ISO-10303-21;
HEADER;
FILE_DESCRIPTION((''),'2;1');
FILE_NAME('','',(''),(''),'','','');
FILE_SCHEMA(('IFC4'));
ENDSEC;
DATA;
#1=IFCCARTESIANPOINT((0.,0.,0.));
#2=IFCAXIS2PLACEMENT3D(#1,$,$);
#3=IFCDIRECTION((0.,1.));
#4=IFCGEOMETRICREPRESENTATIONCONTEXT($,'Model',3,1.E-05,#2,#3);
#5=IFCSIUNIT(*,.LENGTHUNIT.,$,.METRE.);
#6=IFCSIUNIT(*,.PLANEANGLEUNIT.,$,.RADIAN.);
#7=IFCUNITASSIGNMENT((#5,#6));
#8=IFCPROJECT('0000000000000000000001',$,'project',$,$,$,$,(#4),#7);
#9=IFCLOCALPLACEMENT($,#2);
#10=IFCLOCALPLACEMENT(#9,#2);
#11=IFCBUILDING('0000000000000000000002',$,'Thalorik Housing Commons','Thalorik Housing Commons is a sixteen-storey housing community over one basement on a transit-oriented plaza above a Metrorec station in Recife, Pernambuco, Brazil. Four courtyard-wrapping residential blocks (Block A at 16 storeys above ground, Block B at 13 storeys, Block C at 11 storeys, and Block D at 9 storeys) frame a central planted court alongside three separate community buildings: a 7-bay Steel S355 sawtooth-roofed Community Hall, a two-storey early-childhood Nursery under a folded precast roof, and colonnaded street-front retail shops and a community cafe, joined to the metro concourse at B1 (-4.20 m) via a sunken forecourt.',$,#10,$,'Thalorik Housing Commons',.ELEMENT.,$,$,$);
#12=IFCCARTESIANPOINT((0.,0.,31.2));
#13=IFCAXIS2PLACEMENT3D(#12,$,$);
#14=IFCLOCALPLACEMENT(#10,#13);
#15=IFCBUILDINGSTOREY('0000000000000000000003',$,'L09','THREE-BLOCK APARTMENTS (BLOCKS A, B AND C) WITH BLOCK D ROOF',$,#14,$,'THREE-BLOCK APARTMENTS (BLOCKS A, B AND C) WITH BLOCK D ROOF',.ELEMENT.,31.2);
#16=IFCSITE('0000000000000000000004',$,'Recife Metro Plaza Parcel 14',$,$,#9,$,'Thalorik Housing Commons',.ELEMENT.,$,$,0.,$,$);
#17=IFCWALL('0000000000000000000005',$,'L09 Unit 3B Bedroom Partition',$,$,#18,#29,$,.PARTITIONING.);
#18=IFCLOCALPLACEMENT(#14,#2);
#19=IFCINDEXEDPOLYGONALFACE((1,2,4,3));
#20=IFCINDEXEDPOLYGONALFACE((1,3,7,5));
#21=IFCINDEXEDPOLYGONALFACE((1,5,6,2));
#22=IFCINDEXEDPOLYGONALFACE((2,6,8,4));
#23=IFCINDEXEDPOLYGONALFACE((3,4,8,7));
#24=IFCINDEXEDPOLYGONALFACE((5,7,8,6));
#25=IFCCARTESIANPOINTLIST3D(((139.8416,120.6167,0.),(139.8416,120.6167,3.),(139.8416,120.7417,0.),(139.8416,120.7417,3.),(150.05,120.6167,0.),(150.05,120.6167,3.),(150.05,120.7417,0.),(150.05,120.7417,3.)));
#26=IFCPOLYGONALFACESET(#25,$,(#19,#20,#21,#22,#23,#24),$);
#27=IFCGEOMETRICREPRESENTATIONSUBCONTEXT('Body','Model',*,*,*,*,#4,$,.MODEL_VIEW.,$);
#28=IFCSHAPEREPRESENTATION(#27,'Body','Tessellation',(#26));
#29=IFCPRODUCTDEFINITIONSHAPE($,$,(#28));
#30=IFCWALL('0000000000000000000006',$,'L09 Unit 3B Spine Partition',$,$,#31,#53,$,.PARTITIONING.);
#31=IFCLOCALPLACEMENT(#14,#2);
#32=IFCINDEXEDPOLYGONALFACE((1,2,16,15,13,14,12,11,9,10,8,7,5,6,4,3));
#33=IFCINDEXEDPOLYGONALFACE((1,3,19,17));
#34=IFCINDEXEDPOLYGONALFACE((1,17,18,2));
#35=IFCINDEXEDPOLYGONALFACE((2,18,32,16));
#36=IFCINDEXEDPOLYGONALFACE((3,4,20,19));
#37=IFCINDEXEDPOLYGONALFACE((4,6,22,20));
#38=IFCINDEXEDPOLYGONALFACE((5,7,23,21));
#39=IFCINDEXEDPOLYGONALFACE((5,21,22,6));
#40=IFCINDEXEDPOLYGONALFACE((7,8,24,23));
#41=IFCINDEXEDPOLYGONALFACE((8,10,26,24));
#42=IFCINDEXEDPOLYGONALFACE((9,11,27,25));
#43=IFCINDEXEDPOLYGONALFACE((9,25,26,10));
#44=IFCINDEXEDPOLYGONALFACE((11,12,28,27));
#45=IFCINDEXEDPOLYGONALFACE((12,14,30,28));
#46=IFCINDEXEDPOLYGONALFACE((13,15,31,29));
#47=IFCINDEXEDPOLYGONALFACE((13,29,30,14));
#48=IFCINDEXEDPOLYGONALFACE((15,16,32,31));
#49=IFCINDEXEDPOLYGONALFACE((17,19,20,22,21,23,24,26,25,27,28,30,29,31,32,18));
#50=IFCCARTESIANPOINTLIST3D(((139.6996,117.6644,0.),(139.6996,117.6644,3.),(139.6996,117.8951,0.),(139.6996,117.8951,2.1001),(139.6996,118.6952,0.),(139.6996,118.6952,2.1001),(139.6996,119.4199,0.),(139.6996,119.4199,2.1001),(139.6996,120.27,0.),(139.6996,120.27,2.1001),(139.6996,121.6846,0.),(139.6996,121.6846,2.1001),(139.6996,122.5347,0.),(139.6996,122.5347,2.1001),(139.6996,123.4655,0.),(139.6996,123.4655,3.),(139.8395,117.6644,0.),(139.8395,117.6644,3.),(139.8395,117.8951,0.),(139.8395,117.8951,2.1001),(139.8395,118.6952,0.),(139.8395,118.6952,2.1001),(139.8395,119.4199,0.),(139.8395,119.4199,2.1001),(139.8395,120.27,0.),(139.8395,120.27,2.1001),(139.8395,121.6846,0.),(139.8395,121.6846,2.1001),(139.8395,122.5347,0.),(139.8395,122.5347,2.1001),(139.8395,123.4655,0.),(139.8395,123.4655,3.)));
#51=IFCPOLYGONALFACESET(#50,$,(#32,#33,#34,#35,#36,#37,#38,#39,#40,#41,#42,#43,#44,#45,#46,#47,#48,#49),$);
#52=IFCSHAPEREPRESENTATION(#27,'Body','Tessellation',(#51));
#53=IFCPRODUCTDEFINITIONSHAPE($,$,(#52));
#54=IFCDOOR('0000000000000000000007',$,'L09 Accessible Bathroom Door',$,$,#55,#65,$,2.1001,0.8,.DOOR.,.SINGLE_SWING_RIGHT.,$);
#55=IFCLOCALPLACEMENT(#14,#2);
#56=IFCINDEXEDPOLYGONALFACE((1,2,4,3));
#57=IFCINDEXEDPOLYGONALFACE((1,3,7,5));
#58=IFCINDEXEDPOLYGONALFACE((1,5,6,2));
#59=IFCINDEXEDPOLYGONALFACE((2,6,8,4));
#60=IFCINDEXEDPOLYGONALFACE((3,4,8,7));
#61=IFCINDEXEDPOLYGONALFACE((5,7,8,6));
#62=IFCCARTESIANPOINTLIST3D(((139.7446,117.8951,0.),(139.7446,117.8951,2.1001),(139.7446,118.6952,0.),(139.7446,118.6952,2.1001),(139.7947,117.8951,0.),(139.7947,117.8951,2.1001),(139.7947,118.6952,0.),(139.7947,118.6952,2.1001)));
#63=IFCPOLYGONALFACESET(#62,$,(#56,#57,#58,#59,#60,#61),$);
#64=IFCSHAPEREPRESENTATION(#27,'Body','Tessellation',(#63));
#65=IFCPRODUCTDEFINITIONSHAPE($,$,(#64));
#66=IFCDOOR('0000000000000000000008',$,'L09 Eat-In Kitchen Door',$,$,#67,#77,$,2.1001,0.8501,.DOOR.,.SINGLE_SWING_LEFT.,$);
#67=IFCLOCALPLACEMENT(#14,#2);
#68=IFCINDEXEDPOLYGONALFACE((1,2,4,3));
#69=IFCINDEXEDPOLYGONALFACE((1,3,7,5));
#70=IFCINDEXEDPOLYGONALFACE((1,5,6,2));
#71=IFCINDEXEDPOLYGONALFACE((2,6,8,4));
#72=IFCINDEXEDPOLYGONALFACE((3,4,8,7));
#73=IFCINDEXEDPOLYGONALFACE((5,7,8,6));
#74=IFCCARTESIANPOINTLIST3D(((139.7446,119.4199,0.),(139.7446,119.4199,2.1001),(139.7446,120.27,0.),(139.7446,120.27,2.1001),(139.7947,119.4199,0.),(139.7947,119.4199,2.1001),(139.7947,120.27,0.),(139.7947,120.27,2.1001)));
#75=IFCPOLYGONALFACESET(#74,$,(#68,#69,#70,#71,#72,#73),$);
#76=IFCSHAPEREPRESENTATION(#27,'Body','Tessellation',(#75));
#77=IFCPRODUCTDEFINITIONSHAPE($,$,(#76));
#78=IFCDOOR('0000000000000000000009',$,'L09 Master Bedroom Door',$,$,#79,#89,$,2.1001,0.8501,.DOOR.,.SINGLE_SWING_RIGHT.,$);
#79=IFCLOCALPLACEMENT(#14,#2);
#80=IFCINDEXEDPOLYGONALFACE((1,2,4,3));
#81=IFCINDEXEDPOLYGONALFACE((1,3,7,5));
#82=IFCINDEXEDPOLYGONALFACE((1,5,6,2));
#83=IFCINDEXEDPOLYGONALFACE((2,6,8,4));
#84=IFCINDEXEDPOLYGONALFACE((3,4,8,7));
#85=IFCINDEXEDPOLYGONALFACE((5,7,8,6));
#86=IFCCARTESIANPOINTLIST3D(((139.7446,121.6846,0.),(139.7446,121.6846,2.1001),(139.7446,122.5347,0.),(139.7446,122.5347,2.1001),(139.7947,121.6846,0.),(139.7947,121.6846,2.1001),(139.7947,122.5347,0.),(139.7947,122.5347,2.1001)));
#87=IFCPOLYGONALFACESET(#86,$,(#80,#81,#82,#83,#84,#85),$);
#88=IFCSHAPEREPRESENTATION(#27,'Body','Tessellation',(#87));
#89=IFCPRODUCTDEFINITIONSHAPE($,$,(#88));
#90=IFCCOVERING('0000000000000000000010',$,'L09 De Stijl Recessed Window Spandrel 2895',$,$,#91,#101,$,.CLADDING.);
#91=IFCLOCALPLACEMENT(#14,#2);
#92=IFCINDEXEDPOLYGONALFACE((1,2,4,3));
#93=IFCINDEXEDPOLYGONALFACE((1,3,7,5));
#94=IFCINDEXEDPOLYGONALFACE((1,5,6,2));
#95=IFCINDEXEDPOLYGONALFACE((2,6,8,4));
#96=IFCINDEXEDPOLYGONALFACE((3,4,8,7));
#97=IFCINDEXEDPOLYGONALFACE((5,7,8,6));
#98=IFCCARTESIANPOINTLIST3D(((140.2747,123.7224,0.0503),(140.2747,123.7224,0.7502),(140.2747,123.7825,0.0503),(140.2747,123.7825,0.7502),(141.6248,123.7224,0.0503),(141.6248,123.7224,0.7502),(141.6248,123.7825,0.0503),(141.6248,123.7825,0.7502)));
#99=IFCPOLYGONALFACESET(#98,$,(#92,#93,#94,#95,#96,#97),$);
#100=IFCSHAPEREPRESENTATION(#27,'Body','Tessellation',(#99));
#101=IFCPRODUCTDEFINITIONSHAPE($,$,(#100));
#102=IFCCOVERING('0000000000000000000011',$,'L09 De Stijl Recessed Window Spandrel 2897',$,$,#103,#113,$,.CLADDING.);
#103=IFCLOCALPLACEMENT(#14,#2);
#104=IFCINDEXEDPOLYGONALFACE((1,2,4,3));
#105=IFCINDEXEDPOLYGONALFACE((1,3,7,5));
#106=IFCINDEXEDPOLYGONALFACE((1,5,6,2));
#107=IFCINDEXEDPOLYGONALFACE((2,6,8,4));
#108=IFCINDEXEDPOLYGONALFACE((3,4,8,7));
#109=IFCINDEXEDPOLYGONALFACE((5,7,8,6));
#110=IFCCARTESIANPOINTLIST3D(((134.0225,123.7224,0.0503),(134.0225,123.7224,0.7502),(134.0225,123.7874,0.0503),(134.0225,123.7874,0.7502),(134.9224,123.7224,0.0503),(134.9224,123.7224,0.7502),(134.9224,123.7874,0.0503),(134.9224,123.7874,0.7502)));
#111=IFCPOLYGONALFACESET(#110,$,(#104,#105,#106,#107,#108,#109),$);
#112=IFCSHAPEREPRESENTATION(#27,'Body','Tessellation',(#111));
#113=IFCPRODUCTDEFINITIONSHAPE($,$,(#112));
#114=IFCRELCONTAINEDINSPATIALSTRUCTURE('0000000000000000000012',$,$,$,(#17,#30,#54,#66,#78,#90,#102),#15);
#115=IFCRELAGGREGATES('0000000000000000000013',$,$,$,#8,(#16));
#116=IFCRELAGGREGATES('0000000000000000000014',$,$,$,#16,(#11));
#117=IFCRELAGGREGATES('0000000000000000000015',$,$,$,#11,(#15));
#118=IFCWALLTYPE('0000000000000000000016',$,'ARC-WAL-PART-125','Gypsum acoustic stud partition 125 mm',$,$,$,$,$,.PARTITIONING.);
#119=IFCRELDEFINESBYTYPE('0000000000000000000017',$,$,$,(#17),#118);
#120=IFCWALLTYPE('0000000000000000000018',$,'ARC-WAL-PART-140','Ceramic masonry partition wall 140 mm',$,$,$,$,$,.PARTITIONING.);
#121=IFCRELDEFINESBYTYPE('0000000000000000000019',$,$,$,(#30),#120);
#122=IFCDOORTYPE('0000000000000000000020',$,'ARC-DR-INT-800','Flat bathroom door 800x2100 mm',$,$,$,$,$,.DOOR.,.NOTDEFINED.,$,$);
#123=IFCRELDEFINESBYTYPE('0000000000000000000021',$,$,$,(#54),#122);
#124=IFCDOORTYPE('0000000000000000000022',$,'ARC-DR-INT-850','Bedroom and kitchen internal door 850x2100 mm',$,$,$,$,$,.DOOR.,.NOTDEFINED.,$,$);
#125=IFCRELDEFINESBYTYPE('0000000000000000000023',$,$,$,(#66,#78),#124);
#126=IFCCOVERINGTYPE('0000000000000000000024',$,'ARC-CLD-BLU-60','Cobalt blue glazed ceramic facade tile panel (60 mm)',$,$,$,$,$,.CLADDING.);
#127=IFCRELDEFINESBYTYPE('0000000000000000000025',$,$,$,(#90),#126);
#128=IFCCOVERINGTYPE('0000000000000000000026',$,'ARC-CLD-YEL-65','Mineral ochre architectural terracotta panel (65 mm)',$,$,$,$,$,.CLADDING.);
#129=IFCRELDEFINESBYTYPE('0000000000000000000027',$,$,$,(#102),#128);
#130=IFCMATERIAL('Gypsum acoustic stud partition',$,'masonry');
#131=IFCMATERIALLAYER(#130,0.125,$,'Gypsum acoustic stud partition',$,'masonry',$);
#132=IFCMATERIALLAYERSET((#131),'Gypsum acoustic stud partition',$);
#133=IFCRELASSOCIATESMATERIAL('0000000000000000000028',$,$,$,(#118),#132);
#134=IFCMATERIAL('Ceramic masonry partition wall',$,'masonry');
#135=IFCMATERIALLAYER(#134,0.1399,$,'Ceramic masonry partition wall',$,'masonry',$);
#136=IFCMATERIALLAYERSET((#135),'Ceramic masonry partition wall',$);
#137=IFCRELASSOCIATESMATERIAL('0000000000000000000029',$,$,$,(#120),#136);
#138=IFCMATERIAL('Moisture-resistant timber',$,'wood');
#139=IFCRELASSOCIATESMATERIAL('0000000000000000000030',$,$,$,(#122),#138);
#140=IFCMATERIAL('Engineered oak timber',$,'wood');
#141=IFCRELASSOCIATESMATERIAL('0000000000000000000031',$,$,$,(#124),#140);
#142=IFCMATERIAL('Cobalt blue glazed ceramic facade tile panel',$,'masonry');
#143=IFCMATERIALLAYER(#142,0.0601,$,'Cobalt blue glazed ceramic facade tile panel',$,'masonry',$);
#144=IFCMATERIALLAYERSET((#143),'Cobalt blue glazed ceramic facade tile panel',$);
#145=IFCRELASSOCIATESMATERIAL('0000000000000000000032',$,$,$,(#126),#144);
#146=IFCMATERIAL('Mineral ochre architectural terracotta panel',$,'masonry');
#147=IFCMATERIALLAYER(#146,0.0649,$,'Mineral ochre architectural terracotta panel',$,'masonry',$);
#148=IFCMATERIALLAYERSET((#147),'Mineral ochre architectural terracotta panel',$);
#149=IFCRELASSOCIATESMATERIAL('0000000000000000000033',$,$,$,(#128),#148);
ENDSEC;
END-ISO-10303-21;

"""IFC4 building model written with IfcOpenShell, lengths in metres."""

from ifc_helpers import new_model, si_unit, direction, frame, frame_2d, origin, origin_2d, place, context, subcontext, project, spatial, rectangle, extrude, material, layer, layer_set, type_object, element, fill, save


model = new_model("IFC4")

# Units and contexts
model_context = context("Model", 3, precision=1e-05, world=origin(), true_north=direction((0.0, 1.0)))
body_context = subcontext(model_context, "Body", "Model", "MODEL_VIEW")
ifc_project = project(units=[si_unit("LENGTHUNIT", "METRE"), si_unit("PLANEANGLEUNIT", "RADIAN")], contexts=[model_context])

# Site, building, storey
site_placement = place(None, origin())
site = spatial("IfcSite", under=ifc_project, at=site_placement, Name="Recife Metro Plaza Parcel 14", LongName="Thalorik Housing Commons", CompositionType="ELEMENT", RefElevation=0.0)
building_placement = place(site_placement, origin())
building = spatial("IfcBuilding", under=site, at=building_placement, Name="Thalorik Housing Commons", Description="Thalorik Housing Commons is a sixteen-storey housing community over one basement on a transit-oriented plaza above a Metrorec station in Recife, Pernambuco, Brazil. Four courtyard-wrapping residential blocks (Block A at 16 storeys above ground, Block B at 13 storeys, Block C at 11 storeys, and Block D at 9 storeys) frame a central planted court alongside three separate community buildings: a 7-bay Steel S355 sawtooth-roofed Community Hall, a two-storey early-childhood Nursery under a folded precast roof, and colonnaded street-front retail shops and a community cafe, joined to the metro concourse at B1 (-4.20 m) via a sunken forecourt.", LongName="Thalorik Housing Commons", CompositionType="ELEMENT")
storey_placement = place(building_placement, frame((0.0, 0.0, 31.2)))
storey = spatial("IfcBuildingStorey", under=building, at=storey_placement, Name="L09", Description="THREE-BLOCK APARTMENTS (BLOCKS A, B AND C) WITH BLOCK D ROOF", LongName="THREE-BLOCK APARTMENTS (BLOCKS A, B AND C) WITH BLOCK D ROOF", CompositionType="ELEMENT", Elevation=31.2)

# Wall
ifc_material_1 = material(Name="Gypsum acoustic stud partition", Category="masonry")
ifc_layer_1 = layer(ifc_material_1, 0.125, Name="Gypsum acoustic stud partition", Category="masonry")
ifc_layer_set_1 = layer_set([ifc_layer_1], Name="Gypsum acoustic stud partition")
wall_type_1 = type_object("IfcWallType", Name="ARC-WAL-PART-125", Description="Gypsum acoustic stud partition 125 mm", PredefinedType="PARTITIONING", material=ifc_layer_set_1)
wall_1_placement = place(storey_placement, frame((139.8416, 120.6792, 0.0), z_axis=(0.0, 0.0, 1.0), x_axis=(1.0, 0.0, 0.0)))
element("IfcWall", 1, at=wall_1_placement, inside=storey, type_object=wall_type_1, Name="L09 Unit 3B Bedroom Partition", PredefinedType="PARTITIONING", context=body_context, shape_type="SweptSolid", body=[
    extrude(rectangle(XDim=10.2085, YDim=0.125, at=frame_2d((5.1042, 0.0))), origin(), (0.0, 0.0, 1.0), 3.0),
])

# Wall, openings, doors
ifc_material_2 = material(Name="Ceramic masonry partition wall", Category="masonry")
ifc_layer_2 = layer(ifc_material_2, 0.1399, Name="Ceramic masonry partition wall", Category="masonry")
ifc_layer_set_2 = layer_set([ifc_layer_2], Name="Ceramic masonry partition wall")
wall_type_2 = type_object("IfcWallType", Name="ARC-WAL-PART-140", Description="Ceramic masonry partition wall 140 mm", PredefinedType="PARTITIONING", material=ifc_layer_set_2)
wall_2_placement = place(storey_placement, frame((139.7695, 117.6646, 0.0), z_axis=(0.0, 0.0, 1.0), x_axis=(0.0, 1.0, 0.0)))
wall_2 = element("IfcWall", 2, at=wall_2_placement, inside=storey, type_object=wall_type_2, Name="L09 Unit 3B Spine Partition", PredefinedType="PARTITIONING", context=body_context, shape_type="SweptSolid", body=[
    extrude(rectangle(XDim=5.801, YDim=0.1399, at=frame_2d((2.9004, 0.0))), origin(), (0.0, 0.0, 1.0), 3.0),
])
opening_1_placement = place(wall_2_placement, frame((0.2307, 0.0, 0.0)))
opening_1 = element("IfcOpeningElement", 3, at=opening_1_placement, cuts=wall_2, PredefinedType="OPENING", context=body_context, shape_type="SweptSolid", body=[
    extrude(rectangle(XDim=0.8, YDim=2.1001, at=frame_2d((0.3999, 1.05))), frame((0.0, 0.0801, 0.0), z_axis=(0.0, -1.0, 0.0), x_axis=(1.0, 0.0, 0.0)), (0.0, 0.0, 1.0), 0.1599),
])
opening_2_placement = place(wall_2_placement, frame((1.7554, 0.0, 0.0)))
opening_2 = element("IfcOpeningElement", 4, at=opening_2_placement, cuts=wall_2, PredefinedType="OPENING", context=body_context, shape_type="SweptSolid", body=[
    extrude(rectangle(XDim=0.8501, YDim=2.1001, at=frame_2d((0.425, 1.05))), frame((0.0, 0.0801, 0.0), z_axis=(0.0, -1.0, 0.0), x_axis=(1.0, 0.0, 0.0)), (0.0, 0.0, 1.0), 0.1599),
])
opening_3_placement = place(wall_2_placement, frame((4.02, 0.0, 0.0)))
opening_3 = element("IfcOpeningElement", 5, at=opening_3_placement, cuts=wall_2, PredefinedType="OPENING", context=body_context, shape_type="SweptSolid", body=[
    extrude(rectangle(XDim=0.8501, YDim=2.1001, at=frame_2d((0.425, 1.05))), frame((0.0, 0.0801, 0.0), z_axis=(0.0, -1.0, 0.0), x_axis=(1.0, 0.0, 0.0)), (0.0, 0.0, 1.0), 0.1599),
])
ifc_material_3 = material(Name="Moisture-resistant timber", Category="wood")
door_type_1 = type_object("IfcDoorType", Name="ARC-DR-INT-800", Description="Flat bathroom door 800x2100 mm", OperationType="NOTDEFINED", PredefinedType="DOOR", material=ifc_material_3)
door_1_placement = place(opening_1_placement, origin())
door_1 = element("IfcDoor", 6, at=door_1_placement, inside=storey, type_object=door_type_1, Name="L09 Accessible Bathroom Door", OperationType="SINGLE_SWING_RIGHT", OverallHeight=2.1001, OverallWidth=0.8, PredefinedType="DOOR", context=body_context, shape_type="SweptSolid", body=[
    extrude(rectangle(XDim=0.8, YDim=2.1001, at=frame_2d((0.3999, 1.05))), frame((0.0, 0.0249, 0.0), z_axis=(0.0, -1.0, 0.0), x_axis=(1.0, 0.0, 0.0)), (0.0, 0.0, 1.0), 0.05),
])
fill(opening_1, door_1)
ifc_material_4 = material(Name="Engineered oak timber", Category="wood")
door_type_2 = type_object("IfcDoorType", Name="ARC-DR-INT-850", Description="Bedroom and kitchen internal door 850x2100 mm", OperationType="NOTDEFINED", PredefinedType="DOOR", material=ifc_material_4)
door_2_placement = place(opening_2_placement, origin())
door_2 = element("IfcDoor", 7, at=door_2_placement, inside=storey, type_object=door_type_2, Name="L09 Eat-In Kitchen Door", OperationType="SINGLE_SWING_LEFT", OverallHeight=2.1001, OverallWidth=0.8501, PredefinedType="DOOR", context=body_context, shape_type="SweptSolid", body=[
    extrude(rectangle(XDim=0.8501, YDim=2.1001, at=frame_2d((0.425, 1.05))), frame((0.0, 0.0249, 0.0), z_axis=(0.0, -1.0, 0.0), x_axis=(1.0, 0.0, 0.0)), (0.0, 0.0, 1.0), 0.05),
])
fill(opening_2, door_2)
door_3_placement = place(opening_3_placement, origin())
door_3 = element("IfcDoor", 8, at=door_3_placement, inside=storey, type_object=door_type_2, Name="L09 Master Bedroom Door", OperationType="SINGLE_SWING_RIGHT", OverallHeight=2.1001, OverallWidth=0.8501, PredefinedType="DOOR", context=body_context, shape_type="SweptSolid", body=[
    extrude(rectangle(XDim=0.8501, YDim=2.1001, at=frame_2d((0.425, 1.05))), frame((0.0, 0.0249, 0.0), z_axis=(0.0, -1.0, 0.0), x_axis=(1.0, 0.0, 0.0)), (0.0, 0.0, 1.0), 0.05),
])
fill(opening_3, door_3)

# Coverings
ifc_material_5 = material(Name="Cobalt blue glazed ceramic facade tile panel", Category="masonry")
ifc_layer_3 = layer(ifc_material_5, 0.0601, Name="Cobalt blue glazed ceramic facade tile panel", Category="masonry")
ifc_layer_set_3 = layer_set([ifc_layer_3], Name="Cobalt blue glazed ceramic facade tile panel")
covering_type_1 = type_object("IfcCoveringType", Name="ARC-CLD-BLU-60", Description="Cobalt blue glazed ceramic facade tile panel (60 mm)", PredefinedType="CLADDING", material=ifc_layer_set_3)
covering_1_placement = place(storey_placement, frame((140.9497, 123.7524, 0.0503), z_axis=(0.0, 0.0, 1.0), x_axis=(-1.0, 0.0, 0.0)))
element("IfcCovering", 9, at=covering_1_placement, inside=storey, type_object=covering_type_1, Name="L09 De Stijl Recessed Window Spandrel 2895", PredefinedType="CLADDING", context=body_context, shape_type="SweptSolid", body=[
    extrude(rectangle(XDim=1.3501, YDim=0.0601, at=origin_2d()), origin(), (0.0, 0.0, 1.0), 0.7),
])
ifc_material_6 = material(Name="Mineral ochre architectural terracotta panel", Category="masonry")
ifc_layer_4 = layer(ifc_material_6, 0.0649, Name="Mineral ochre architectural terracotta panel", Category="masonry")
ifc_layer_set_4 = layer_set([ifc_layer_4], Name="Mineral ochre architectural terracotta panel")
covering_type_2 = type_object("IfcCoveringType", Name="ARC-CLD-YEL-65", Description="Mineral ochre architectural terracotta panel (65 mm)", PredefinedType="CLADDING", material=ifc_layer_set_4)
covering_2_placement = place(storey_placement, frame((134.4724, 123.7549, 0.0503), z_axis=(0.0, 0.0, 1.0), x_axis=(-1.0, 0.0, 0.0)))
element("IfcCovering", 10, at=covering_2_placement, inside=storey, type_object=covering_type_2, Name="L09 De Stijl Recessed Window Spandrel 2897", PredefinedType="CLADDING", context=body_context, shape_type="SweptSolid", body=[
    extrude(rectangle(XDim=0.8999, YDim=0.0649, at=origin_2d()), origin(), (0.0, 0.0, 1.0), 0.7),
])

save(model, "model.ifc")
